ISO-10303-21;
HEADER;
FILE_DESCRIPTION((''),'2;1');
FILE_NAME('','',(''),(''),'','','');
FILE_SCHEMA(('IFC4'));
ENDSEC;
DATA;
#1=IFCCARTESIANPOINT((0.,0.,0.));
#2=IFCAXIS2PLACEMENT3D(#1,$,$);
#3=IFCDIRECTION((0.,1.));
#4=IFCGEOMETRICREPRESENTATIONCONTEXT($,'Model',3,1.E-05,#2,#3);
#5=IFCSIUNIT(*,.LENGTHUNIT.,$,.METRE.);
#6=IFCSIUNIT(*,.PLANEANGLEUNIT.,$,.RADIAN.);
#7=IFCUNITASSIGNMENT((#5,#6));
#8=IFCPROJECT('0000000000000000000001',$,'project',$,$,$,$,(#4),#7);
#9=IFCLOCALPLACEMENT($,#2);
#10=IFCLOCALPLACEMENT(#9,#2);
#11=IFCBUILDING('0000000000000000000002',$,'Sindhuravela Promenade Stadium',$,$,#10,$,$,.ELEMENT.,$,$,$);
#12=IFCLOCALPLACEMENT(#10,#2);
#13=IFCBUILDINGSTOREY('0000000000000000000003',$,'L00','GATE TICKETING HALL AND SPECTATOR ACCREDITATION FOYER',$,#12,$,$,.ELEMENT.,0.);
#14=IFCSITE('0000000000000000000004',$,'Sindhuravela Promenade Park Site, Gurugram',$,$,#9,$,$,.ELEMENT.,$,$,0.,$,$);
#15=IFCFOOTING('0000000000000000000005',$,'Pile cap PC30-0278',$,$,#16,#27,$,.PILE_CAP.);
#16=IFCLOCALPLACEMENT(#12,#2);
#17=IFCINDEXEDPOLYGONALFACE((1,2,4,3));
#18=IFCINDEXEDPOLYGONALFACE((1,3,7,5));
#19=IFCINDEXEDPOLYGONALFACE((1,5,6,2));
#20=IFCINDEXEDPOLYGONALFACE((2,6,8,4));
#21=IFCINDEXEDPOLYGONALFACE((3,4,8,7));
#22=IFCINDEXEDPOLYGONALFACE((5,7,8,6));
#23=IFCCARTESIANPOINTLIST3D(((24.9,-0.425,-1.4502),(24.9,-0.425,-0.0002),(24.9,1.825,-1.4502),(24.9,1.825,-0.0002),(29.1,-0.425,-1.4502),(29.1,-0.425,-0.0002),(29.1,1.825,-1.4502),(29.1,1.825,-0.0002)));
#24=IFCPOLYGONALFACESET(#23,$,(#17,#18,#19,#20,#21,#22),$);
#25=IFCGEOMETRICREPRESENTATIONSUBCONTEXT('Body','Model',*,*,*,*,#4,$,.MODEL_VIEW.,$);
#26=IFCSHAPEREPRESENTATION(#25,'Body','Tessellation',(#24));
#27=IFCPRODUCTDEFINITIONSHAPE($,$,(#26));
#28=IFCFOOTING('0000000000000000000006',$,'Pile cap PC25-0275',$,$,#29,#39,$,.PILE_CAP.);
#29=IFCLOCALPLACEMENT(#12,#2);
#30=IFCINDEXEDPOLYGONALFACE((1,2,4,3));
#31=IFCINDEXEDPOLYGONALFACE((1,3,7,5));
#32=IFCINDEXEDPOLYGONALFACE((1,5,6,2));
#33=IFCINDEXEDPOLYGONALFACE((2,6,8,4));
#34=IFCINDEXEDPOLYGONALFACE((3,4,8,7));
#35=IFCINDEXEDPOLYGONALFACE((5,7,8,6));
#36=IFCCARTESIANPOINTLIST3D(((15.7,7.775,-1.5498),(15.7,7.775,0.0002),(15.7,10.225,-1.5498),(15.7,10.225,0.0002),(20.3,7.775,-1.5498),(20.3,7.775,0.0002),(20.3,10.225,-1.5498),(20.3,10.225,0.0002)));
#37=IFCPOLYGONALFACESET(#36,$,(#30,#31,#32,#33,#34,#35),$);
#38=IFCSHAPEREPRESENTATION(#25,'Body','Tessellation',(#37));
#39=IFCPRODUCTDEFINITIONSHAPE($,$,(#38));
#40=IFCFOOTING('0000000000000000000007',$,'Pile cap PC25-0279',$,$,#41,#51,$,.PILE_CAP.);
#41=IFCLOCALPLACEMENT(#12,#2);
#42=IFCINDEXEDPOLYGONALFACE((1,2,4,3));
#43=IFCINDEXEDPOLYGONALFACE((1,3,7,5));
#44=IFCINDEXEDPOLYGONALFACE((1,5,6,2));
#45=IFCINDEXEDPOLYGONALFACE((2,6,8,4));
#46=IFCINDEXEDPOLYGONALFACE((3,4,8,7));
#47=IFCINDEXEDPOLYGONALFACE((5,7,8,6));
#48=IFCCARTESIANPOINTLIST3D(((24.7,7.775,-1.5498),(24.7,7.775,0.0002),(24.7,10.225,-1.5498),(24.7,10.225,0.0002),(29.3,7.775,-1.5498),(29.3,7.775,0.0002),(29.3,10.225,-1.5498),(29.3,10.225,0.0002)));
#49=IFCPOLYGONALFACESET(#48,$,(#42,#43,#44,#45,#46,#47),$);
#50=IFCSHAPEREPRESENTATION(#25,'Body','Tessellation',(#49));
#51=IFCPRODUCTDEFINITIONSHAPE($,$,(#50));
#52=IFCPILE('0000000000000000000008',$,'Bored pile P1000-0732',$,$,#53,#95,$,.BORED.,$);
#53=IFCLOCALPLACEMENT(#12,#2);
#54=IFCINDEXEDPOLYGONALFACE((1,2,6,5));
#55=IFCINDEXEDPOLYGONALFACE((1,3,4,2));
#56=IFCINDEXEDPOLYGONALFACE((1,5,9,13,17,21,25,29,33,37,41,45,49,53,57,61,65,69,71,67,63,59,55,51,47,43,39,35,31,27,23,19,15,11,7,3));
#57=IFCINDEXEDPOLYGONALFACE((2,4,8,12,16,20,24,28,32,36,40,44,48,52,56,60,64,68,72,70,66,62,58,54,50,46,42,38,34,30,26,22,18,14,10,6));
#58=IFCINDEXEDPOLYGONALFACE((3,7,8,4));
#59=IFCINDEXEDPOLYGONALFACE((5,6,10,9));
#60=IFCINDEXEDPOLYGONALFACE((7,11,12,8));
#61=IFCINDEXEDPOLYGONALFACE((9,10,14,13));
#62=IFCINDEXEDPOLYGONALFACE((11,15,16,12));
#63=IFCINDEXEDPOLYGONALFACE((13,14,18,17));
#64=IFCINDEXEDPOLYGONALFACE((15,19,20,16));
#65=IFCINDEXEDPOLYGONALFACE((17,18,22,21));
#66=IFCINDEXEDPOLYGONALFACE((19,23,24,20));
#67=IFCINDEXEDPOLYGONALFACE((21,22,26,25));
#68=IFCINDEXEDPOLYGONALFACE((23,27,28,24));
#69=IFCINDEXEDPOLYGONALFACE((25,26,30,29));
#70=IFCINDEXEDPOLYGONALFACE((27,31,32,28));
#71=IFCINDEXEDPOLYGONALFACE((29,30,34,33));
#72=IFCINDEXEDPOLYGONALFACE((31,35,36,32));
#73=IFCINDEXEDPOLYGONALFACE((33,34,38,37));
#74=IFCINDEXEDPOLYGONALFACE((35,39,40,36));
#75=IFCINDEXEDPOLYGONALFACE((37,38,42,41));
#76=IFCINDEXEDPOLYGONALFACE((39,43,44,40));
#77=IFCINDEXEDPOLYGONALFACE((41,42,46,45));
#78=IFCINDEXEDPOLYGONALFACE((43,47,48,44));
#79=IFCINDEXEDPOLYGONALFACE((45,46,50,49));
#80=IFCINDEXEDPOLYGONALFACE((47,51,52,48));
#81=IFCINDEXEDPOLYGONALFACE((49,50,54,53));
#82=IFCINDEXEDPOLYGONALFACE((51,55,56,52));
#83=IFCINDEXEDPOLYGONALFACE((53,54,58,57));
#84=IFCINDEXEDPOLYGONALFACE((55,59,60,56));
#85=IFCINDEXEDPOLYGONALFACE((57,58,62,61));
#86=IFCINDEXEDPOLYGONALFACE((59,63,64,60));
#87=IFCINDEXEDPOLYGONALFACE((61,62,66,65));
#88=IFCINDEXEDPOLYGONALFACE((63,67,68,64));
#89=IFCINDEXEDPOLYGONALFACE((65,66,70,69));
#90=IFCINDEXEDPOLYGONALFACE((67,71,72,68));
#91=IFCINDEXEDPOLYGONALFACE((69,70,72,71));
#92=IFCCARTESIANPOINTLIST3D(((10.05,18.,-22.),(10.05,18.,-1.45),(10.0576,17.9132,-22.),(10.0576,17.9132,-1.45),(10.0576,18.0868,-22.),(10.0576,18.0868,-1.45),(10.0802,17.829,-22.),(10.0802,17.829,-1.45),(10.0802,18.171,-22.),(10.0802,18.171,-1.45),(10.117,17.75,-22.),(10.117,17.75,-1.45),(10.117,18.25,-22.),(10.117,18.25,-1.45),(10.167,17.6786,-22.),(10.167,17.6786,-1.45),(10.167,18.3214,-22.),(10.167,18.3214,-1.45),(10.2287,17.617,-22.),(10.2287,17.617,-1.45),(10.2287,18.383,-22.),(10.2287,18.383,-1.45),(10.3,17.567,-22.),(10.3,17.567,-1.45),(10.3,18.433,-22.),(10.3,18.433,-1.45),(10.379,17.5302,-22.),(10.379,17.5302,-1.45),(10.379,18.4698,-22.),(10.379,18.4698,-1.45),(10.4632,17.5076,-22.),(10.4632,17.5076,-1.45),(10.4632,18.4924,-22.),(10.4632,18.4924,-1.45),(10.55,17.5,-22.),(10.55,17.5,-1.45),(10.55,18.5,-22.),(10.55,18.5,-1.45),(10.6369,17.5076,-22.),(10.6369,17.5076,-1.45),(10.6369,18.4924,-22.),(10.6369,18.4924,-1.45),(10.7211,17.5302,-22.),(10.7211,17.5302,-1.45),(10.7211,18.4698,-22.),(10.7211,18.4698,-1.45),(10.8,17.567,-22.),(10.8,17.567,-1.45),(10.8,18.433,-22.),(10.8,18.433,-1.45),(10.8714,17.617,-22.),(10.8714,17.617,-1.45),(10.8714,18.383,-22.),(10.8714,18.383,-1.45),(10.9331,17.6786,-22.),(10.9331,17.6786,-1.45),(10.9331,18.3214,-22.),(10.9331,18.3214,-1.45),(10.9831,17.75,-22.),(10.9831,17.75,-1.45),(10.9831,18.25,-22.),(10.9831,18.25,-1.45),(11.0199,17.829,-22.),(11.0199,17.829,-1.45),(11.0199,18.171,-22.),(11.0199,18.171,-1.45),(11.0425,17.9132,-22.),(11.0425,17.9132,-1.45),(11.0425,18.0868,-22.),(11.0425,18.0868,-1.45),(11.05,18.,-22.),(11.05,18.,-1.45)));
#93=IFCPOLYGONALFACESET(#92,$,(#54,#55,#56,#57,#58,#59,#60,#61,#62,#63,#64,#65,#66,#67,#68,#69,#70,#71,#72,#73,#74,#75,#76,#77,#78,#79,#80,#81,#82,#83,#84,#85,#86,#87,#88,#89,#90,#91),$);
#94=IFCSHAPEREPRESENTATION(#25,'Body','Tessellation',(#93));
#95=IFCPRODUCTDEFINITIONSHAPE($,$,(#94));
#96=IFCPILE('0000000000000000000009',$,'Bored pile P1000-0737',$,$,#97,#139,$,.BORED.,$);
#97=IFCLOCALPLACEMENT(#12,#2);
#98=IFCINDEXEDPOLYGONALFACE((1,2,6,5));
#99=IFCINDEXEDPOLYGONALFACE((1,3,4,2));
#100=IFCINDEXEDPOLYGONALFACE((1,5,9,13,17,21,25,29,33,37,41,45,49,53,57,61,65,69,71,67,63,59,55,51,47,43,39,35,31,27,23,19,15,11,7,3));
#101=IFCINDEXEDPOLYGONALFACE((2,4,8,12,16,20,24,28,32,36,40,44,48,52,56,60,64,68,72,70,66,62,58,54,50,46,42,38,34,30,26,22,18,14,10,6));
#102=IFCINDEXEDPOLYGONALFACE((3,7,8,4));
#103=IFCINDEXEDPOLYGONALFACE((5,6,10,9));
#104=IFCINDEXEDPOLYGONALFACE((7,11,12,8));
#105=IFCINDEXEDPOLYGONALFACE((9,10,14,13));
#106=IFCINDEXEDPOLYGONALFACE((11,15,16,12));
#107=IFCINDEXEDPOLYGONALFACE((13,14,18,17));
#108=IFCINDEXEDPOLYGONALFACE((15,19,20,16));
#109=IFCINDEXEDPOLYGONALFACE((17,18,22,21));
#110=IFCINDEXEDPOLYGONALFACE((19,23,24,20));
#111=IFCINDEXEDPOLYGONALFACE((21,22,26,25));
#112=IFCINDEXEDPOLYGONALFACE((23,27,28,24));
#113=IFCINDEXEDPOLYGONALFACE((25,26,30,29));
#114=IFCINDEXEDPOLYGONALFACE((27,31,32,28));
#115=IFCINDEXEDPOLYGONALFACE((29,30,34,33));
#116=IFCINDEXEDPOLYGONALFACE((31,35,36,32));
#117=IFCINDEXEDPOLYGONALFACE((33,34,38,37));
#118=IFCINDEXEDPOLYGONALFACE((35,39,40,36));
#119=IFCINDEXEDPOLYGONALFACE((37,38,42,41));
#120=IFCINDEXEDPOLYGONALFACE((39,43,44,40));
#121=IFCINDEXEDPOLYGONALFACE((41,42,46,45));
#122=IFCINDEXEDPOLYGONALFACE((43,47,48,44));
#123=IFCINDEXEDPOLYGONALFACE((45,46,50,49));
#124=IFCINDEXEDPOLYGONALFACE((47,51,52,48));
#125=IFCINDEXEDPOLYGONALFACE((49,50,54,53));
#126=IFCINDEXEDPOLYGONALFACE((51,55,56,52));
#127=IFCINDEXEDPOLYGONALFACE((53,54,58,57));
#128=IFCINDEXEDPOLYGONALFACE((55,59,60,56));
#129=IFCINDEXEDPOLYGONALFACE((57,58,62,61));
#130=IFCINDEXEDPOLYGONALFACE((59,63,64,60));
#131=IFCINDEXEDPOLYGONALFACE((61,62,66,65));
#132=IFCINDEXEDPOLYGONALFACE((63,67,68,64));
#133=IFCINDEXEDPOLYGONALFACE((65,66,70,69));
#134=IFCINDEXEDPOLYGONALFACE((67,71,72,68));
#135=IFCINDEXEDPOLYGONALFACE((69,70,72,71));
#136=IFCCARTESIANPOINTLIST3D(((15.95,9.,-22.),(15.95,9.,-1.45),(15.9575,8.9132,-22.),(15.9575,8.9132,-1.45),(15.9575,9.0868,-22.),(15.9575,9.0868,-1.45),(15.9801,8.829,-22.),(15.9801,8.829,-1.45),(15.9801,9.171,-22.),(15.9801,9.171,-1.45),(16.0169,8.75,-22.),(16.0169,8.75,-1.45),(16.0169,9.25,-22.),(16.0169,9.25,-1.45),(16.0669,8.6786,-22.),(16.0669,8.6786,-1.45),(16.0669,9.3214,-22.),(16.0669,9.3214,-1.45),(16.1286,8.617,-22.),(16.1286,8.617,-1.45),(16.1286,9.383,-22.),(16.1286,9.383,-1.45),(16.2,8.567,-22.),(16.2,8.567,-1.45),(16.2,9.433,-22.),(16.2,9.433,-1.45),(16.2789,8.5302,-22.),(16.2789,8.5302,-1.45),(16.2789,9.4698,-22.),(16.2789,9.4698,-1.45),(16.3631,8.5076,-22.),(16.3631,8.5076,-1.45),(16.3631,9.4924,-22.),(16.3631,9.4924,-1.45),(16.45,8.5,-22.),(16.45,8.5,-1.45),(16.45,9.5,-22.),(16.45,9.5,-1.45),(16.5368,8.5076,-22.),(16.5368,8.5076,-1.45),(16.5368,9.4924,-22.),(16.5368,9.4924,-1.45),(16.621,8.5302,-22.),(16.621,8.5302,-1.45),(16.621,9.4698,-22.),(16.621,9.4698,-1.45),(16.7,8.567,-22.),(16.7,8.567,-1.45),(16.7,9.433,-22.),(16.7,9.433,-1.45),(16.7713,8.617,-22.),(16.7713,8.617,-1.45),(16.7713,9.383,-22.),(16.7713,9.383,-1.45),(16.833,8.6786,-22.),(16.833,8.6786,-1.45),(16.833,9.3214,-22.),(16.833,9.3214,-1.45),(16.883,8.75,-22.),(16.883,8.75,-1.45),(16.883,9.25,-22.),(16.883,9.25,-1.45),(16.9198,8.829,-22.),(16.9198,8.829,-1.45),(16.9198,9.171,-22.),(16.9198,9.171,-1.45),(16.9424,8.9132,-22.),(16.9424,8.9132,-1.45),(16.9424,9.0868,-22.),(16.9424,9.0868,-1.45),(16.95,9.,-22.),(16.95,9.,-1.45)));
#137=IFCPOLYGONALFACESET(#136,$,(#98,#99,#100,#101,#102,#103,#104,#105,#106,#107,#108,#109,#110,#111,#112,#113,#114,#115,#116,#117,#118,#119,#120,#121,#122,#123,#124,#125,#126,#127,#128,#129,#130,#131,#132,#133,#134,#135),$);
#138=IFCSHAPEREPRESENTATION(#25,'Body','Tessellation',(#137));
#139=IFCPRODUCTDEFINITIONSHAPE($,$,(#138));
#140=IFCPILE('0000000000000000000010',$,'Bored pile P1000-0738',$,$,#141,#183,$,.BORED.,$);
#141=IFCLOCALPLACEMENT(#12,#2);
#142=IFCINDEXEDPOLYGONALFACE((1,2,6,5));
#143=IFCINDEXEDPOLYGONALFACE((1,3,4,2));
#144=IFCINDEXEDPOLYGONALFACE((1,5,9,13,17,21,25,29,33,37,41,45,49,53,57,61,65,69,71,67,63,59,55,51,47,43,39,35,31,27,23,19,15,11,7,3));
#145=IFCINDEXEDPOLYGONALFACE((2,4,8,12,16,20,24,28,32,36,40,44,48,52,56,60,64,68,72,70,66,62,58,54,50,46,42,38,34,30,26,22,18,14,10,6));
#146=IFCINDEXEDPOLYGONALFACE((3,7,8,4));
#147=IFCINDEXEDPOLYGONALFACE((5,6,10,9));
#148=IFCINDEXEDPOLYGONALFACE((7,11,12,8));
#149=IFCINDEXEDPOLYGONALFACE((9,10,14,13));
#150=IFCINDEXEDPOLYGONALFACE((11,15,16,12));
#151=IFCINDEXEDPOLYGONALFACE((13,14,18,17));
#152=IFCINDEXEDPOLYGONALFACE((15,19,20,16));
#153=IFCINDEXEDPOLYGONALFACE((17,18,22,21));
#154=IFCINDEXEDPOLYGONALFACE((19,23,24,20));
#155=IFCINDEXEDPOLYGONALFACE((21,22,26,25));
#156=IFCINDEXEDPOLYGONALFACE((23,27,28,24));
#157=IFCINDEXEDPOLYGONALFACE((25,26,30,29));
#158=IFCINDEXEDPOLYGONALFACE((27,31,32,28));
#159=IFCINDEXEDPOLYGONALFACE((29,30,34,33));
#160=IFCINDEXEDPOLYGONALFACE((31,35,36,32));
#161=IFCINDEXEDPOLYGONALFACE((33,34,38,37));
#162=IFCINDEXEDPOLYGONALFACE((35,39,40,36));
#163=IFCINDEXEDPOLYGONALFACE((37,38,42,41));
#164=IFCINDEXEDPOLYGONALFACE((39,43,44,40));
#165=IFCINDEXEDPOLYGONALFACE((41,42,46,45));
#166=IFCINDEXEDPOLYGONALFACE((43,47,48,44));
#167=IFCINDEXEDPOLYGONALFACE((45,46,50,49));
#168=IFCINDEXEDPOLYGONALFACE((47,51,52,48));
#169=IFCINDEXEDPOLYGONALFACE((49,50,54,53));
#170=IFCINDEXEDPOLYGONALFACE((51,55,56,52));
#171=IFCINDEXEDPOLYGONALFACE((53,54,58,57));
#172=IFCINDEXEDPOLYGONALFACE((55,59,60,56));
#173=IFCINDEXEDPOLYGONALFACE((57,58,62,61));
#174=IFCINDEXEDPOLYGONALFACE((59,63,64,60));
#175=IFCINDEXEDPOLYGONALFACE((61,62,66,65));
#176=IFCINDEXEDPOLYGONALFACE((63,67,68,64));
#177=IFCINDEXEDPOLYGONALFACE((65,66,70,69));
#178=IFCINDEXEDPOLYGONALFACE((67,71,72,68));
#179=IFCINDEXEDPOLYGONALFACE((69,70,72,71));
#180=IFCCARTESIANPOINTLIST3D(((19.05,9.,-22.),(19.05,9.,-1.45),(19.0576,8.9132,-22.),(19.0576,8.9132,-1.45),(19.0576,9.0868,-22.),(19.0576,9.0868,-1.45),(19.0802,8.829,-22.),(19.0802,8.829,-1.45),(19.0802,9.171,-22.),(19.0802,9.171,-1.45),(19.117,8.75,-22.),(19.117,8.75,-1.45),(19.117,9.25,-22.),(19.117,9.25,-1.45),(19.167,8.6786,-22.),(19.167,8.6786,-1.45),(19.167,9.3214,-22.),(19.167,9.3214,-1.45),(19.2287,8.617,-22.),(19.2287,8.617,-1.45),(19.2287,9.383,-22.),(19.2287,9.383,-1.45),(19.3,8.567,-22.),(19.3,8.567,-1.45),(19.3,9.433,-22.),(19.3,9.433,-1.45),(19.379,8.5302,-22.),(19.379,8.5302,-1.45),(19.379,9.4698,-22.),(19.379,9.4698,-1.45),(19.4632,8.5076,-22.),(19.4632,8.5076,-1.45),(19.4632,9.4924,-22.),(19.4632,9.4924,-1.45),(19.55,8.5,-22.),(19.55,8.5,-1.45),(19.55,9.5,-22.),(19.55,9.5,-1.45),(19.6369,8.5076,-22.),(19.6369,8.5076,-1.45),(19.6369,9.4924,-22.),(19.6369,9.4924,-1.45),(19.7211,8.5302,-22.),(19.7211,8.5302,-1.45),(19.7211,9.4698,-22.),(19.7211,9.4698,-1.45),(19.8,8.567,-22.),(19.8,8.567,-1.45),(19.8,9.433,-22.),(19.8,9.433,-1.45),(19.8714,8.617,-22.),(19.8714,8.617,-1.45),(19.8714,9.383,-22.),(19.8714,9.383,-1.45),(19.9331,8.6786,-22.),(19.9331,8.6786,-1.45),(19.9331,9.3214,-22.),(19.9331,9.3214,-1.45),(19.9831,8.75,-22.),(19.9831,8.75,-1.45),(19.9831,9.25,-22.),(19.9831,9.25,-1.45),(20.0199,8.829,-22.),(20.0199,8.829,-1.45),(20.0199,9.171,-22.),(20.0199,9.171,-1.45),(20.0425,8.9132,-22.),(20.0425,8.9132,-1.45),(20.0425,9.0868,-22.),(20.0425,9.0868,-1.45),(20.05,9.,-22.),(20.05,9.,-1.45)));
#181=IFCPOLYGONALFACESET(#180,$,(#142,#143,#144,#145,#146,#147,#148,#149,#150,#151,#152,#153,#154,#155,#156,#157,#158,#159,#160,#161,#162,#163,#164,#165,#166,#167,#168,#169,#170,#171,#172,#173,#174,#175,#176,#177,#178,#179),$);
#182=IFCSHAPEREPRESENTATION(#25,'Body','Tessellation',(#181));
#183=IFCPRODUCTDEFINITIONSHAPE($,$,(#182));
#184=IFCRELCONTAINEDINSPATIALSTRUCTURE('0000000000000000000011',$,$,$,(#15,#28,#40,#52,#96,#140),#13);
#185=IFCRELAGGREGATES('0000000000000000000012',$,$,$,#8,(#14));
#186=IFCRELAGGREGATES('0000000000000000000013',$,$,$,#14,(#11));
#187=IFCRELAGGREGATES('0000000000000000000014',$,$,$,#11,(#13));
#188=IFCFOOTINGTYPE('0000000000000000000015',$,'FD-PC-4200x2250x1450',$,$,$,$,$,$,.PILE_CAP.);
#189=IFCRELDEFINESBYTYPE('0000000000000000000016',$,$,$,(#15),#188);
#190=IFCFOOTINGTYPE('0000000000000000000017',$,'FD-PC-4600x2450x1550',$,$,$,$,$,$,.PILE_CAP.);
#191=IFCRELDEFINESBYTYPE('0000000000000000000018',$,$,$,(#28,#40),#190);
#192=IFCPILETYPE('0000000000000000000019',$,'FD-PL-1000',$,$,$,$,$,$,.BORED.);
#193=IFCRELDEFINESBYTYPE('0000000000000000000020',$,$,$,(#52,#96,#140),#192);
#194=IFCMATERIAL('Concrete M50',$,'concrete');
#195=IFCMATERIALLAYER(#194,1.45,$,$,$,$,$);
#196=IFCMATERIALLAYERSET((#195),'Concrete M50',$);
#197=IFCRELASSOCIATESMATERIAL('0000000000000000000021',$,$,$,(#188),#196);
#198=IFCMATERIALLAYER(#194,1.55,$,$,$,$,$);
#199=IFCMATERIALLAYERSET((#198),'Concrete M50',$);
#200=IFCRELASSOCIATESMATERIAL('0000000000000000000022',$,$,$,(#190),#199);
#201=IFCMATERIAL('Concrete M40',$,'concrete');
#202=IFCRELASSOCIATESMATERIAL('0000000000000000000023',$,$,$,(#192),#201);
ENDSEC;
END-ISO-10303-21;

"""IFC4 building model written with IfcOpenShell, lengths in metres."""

from ifc_helpers import new_model, si_unit, direction, frame, origin, origin_2d, place, context, subcontext, project, spatial, rectangle, circle, extrude, material, layer, layer_set, material_profile, profile_set, type_object, element, save


model = new_model("IFC4")

# Units and contexts
model_context = context("Model", 3, precision=1e-05, world=origin(), true_north=direction((0.0, 1.0)))
body_context = subcontext(model_context, "Body", "Model", "MODEL_VIEW")
ifc_project = project(units=[si_unit("LENGTHUNIT", "METRE"), si_unit("PLANEANGLEUNIT", "RADIAN")], contexts=[model_context])

# Site, building, storey
site_placement = place(None, origin())
site = spatial("IfcSite", under=ifc_project, at=site_placement, Name="Sindhuravela Promenade Park Site, Gurugram", CompositionType="ELEMENT", RefElevation=0.0)
building_placement = place(site_placement, origin())
building = spatial("IfcBuilding", under=site, at=building_placement, Name="Sindhuravela Promenade Stadium", CompositionType="ELEMENT")
storey_placement = place(building_placement, origin())
storey = spatial("IfcBuildingStorey", under=building, at=storey_placement, Name="L00", Description="GATE TICKETING HALL AND SPECTATOR ACCREDITATION FOYER", CompositionType="ELEMENT", Elevation=0.0)

# Footings
ifc_material_1 = material(Name="Concrete M50", Category="concrete")
ifc_layer_1 = layer(ifc_material_1, 1.45)
ifc_layer_set_1 = layer_set([ifc_layer_1], Name="Concrete M50")
footing_type_1 = type_object("IfcFootingType", Name="FD-PC-4200x2250x1450", PredefinedType="PILE_CAP", material=ifc_layer_set_1)
footing_placement = place(storey_placement, frame((27.0, 0.7, -1.4502), z_axis=(0.0, 0.0, 1.0), x_axis=(1.0, 0.0, 0.0)))
element("IfcFooting", 1, at=footing_placement, inside=storey, type_object=footing_type_1, Name="Pile cap PC30-0278", PredefinedType="PILE_CAP", context=body_context, shape_type="SweptSolid", body=[
    extrude(rectangle(XDim=4.2, YDim=2.25, at=origin_2d()), origin(), (0.0, 0.0, 1.0), 1.45),
])
ifc_layer_2 = layer(ifc_material_1, 1.55)
ifc_layer_set_2 = layer_set([ifc_layer_2], Name="Concrete M50")
footing_type_2 = type_object("IfcFootingType", Name="FD-PC-4600x2450x1550", PredefinedType="PILE_CAP", material=ifc_layer_set_2)
for number, where, z_axis, x_axis, name in (
    (2, (18.0, 9.0, -1.5498), (0.0, 0.0, 1.0), (1.0, 0.0, 0.0), "Pile cap PC25-0275"),
    (3, (27.0, 9.0, -1.5498), (0.0, 0.0, 1.0), (1.0, 0.0, 0.0), "Pile cap PC25-0279"),
):
    element("IfcFooting", number, at=place(storey_placement, frame(where, z_axis=z_axis, x_axis=x_axis)), inside=storey, type_object=footing_type_2, Name=name, PredefinedType="PILE_CAP", context=body_context, shape_type="SweptSolid", body=[
        extrude(rectangle(XDim=4.6001, YDim=2.45, at=origin_2d()), origin(), (0.0, 0.0, 1.0), 1.55),
    ])

# Piles
ifc_material_2 = material(Name="Concrete M40", Category="concrete")
ifc_material_profile_1 = material_profile(ifc_material_2, circle(Radius=0.5, at=origin_2d()), Name="BORED PILE D1000")
ifc_profile_set_1 = profile_set([ifc_material_profile_1], Name="Concrete M40")
pile_type = type_object("IfcPileType", Name="FD-PL-1000", PredefinedType="BORED", material=ifc_profile_set_1)
for number, where, z_axis, x_axis, name in (
    (4, (10.55, 18.0, -1.45), (0.0, 0.0, -1.0), (1.0, 0.0, 0.0), "Bored pile P1000-0732"),
    (5, (16.45, 9.0, -1.45), (0.0, 0.0, -1.0), (1.0, 0.0, 0.0), "Bored pile P1000-0737"),
    (6, (19.55, 9.0, -1.45), (0.0, 0.0, -1.0), (1.0, 0.0, 0.0), "Bored pile P1000-0738"),
):
    element("IfcPile", number, at=place(storey_placement, frame(where, z_axis=z_axis, x_axis=x_axis)), inside=storey, type_object=pile_type, Name=name, PredefinedType="BORED", context=body_context, shape_type="SweptSolid", body=[
        extrude(circle(Radius=0.5, at=origin_2d()), origin(), (0.0, 0.0, 1.0), 20.55),
    ])

save(model, "model.ifc")
